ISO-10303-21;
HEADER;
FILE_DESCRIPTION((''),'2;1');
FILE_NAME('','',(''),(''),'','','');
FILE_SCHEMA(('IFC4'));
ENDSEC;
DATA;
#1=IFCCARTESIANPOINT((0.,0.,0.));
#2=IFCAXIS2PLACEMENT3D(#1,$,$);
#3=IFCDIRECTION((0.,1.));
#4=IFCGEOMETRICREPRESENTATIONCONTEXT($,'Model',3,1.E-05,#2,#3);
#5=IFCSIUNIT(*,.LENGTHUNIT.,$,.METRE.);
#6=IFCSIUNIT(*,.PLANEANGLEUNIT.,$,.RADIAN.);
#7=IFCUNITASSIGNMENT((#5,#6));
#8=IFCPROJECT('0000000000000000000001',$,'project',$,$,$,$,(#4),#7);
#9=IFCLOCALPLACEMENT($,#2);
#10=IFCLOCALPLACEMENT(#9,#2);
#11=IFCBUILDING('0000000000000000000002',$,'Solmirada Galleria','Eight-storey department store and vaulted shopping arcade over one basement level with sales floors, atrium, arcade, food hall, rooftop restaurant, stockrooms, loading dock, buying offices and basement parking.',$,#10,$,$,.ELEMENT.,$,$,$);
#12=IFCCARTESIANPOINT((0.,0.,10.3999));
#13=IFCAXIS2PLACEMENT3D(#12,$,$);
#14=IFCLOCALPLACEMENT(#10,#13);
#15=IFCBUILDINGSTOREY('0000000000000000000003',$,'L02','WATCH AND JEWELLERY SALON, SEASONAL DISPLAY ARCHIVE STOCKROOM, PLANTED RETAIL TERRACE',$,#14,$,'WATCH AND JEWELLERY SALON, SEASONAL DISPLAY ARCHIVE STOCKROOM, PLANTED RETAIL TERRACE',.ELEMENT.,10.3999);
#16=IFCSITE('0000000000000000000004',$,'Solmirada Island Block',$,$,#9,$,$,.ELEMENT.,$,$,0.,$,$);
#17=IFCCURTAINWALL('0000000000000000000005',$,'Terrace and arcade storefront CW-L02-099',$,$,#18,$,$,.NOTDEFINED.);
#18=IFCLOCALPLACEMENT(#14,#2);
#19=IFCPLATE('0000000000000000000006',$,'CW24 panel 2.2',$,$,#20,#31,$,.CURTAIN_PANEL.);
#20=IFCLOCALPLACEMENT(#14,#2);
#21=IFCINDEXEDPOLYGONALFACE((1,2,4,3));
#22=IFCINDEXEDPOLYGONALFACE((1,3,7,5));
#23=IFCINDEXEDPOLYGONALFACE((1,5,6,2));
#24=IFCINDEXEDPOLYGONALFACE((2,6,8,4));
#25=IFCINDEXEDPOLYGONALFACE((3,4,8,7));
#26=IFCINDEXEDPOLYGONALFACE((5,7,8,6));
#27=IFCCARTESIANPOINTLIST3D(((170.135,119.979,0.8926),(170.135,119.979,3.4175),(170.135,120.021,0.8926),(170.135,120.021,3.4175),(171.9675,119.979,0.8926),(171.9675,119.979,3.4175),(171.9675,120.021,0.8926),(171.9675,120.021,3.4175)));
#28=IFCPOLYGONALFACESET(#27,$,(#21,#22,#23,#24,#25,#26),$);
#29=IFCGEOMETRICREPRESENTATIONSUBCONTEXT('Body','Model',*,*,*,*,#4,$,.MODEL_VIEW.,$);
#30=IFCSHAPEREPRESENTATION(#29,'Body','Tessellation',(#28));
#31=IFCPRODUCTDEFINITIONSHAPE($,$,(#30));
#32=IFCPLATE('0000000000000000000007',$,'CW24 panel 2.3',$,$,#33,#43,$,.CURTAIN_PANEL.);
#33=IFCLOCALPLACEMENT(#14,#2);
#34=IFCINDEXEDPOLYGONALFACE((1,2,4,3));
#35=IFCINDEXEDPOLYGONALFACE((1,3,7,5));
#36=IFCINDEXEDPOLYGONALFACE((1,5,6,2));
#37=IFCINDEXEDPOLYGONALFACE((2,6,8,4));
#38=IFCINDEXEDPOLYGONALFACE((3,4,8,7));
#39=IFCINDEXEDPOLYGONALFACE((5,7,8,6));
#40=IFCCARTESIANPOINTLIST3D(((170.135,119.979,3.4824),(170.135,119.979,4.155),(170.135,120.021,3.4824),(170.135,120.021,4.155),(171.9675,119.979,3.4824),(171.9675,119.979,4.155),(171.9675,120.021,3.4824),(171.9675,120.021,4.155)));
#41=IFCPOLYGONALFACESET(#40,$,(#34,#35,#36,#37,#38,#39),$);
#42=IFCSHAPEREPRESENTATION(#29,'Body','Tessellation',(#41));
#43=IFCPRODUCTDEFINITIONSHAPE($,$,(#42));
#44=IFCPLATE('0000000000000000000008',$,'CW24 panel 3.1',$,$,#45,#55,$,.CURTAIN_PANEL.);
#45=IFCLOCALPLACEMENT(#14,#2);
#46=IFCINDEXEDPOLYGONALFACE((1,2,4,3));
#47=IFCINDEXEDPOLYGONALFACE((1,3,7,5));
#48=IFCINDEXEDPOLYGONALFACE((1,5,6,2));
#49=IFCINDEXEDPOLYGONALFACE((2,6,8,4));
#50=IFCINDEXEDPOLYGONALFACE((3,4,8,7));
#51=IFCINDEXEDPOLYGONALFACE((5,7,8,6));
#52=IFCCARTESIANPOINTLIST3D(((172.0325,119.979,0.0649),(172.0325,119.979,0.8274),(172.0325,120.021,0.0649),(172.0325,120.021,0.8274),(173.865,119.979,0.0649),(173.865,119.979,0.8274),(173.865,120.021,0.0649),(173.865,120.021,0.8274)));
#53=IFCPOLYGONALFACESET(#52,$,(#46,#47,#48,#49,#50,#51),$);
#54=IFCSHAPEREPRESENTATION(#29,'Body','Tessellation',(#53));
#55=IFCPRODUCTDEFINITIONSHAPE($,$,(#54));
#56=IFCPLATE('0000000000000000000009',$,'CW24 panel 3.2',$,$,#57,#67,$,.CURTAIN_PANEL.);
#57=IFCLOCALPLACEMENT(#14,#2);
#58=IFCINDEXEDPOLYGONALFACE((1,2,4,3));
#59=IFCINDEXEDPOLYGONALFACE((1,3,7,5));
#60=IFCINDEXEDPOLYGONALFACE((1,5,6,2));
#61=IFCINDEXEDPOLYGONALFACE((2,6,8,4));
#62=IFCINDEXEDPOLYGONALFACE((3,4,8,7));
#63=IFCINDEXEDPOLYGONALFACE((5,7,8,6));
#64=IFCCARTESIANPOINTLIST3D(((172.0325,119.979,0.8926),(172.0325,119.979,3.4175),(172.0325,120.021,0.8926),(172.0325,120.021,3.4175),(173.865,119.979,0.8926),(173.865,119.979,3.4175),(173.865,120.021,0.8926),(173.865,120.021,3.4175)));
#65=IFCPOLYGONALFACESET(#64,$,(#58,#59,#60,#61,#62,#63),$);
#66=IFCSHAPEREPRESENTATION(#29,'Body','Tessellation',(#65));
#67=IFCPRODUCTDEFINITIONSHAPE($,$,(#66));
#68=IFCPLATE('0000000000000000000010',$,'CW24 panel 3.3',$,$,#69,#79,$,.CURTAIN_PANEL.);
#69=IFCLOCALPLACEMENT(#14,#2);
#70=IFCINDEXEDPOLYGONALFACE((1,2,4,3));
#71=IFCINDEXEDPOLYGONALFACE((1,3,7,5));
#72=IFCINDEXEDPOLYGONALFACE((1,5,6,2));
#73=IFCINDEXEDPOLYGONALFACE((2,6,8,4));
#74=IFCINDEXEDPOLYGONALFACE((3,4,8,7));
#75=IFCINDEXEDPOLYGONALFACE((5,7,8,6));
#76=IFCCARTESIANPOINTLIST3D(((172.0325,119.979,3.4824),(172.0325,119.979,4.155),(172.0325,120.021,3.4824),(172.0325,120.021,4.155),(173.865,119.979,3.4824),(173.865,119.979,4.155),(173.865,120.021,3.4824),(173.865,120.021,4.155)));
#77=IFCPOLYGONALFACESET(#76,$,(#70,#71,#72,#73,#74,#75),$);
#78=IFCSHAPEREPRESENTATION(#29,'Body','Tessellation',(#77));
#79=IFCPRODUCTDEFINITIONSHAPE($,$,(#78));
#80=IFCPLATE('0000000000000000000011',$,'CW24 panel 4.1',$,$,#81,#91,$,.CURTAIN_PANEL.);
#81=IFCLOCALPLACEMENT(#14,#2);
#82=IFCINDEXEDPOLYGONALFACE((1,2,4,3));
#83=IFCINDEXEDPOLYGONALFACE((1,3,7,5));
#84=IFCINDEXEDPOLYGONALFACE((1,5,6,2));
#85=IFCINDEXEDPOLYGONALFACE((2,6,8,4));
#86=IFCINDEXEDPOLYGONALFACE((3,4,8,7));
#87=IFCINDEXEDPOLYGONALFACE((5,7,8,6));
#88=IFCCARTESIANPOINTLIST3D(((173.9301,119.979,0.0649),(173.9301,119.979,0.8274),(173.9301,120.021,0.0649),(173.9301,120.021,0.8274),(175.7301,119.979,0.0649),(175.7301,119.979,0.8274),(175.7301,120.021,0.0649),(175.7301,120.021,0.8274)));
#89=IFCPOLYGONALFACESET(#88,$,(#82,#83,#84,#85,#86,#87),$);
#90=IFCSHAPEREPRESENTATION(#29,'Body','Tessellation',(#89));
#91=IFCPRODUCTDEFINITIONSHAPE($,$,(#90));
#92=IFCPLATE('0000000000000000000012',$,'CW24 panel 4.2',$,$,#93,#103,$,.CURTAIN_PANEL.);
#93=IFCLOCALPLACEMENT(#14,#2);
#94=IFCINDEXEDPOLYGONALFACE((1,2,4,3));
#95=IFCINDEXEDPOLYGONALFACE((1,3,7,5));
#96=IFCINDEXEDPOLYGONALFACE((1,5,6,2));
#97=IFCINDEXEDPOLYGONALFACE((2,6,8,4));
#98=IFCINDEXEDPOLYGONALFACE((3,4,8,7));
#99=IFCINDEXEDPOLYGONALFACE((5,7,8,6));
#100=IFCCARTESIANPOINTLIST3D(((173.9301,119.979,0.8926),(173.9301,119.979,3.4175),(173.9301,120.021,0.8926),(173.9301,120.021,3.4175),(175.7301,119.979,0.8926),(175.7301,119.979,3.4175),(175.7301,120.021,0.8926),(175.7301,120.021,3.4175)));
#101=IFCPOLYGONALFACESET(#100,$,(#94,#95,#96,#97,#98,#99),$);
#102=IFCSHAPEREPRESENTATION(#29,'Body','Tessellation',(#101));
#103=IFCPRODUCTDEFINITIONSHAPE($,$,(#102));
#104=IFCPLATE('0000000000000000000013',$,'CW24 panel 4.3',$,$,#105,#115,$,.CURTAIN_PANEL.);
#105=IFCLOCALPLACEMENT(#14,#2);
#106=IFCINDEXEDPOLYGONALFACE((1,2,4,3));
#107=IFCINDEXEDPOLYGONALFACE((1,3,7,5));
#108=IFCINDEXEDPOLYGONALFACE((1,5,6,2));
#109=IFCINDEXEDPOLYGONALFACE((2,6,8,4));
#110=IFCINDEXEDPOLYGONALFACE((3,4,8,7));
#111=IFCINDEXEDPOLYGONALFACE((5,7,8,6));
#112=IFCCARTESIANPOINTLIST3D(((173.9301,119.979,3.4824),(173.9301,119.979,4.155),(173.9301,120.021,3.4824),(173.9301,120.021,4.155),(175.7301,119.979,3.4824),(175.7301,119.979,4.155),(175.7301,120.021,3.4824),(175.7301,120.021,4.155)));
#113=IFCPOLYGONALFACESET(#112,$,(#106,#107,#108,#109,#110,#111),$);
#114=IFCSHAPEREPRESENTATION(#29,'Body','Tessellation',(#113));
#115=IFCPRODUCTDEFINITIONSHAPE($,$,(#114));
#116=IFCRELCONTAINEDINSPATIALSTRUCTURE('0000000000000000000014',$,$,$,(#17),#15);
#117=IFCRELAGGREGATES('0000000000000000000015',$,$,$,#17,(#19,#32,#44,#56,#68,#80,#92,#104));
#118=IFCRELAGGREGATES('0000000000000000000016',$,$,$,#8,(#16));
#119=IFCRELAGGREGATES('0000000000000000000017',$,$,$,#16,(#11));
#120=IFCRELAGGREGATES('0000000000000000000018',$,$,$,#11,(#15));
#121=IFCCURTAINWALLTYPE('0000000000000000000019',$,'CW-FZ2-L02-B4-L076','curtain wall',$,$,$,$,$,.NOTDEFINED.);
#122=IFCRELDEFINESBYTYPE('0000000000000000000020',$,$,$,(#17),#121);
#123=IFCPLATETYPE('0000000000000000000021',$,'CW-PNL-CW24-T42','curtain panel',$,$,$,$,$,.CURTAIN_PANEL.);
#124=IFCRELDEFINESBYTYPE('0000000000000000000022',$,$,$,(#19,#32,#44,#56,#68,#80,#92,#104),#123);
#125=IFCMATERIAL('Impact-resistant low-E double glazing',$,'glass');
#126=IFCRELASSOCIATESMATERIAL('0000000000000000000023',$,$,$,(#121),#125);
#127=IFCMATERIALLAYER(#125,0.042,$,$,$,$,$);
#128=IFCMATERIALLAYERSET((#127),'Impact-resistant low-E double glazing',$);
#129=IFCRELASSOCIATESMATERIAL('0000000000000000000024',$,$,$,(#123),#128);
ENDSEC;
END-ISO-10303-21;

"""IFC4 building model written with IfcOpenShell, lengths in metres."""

from ifc_helpers import new_model, si_unit, direction, frame, origin, origin_2d, place, context, subcontext, project, spatial, rectangle, extrude, material, layer, layer_set, type_object, element, aggregate, save


model = new_model("IFC4")

# Units and contexts
model_context = context("Model", 3, precision=1e-05, world=origin(), true_north=direction((0.0, 1.0)))
body_context = subcontext(model_context, "Body", "Model", "MODEL_VIEW")
ifc_project = project(units=[si_unit("LENGTHUNIT", "METRE"), si_unit("PLANEANGLEUNIT", "RADIAN")], contexts=[model_context])

# Site, building, storey
site_placement = place(None, origin())
site = spatial("IfcSite", under=ifc_project, at=site_placement, Name="Solmirada Island Block", CompositionType="ELEMENT", RefElevation=0.0)
building_placement = place(site_placement, origin())
building = spatial("IfcBuilding", under=site, at=building_placement, Name="Solmirada Galleria", Description="Eight-storey department store and vaulted shopping arcade over one basement level with sales floors, atrium, arcade, food hall, rooftop restaurant, stockrooms, loading dock, buying offices and basement parking.", CompositionType="ELEMENT")
storey_placement = place(building_placement, frame((0.0, 0.0, 10.3999)))
storey = spatial("IfcBuildingStorey", under=building, at=storey_placement, Name="L02", Description="WATCH AND JEWELLERY SALON, SEASONAL DISPLAY ARCHIVE STOCKROOM, PLANTED RETAIL TERRACE", LongName="WATCH AND JEWELLERY SALON, SEASONAL DISPLAY ARCHIVE STOCKROOM, PLANTED RETAIL TERRACE", CompositionType="ELEMENT", Elevation=10.3999)

# Curtain wall
ifc_material_1 = material(Name="Impact-resistant low-E double glazing", Category="glass")
curtain_wall_type = type_object("IfcCurtainWallType", Name="CW-FZ2-L02-B4-L076", Description="curtain wall", PredefinedType="NOTDEFINED", material=ifc_material_1)
curtain_wall_1_placement = place(storey_placement, origin())
curtain_wall_1 = element("IfcCurtainWall", 1, at=curtain_wall_1_placement, inside=storey, type_object=curtain_wall_type, Name="Terrace and arcade storefront CW-L02-099", PredefinedType="NOTDEFINED")

# Plates
ifc_layer = layer(ifc_material_1, 0.042)
ifc_layer_set = layer_set([ifc_layer], Name="Impact-resistant low-E double glazing")
plate_type = type_object("IfcPlateType", Name="CW-PNL-CW24-T42", Description="curtain panel", PredefinedType="CURTAIN_PANEL", material=ifc_layer_set)
plate_1_placement = place(storey_placement, frame((171.0513, 120.0, 0.8926), z_axis=(0.0, 0.0, 1.0), x_axis=(1.0, 0.0, 0.0)))
plate_1 = element("IfcPlate", 2, at=plate_1_placement, type_object=plate_type, Name="CW24 panel 2.2", PredefinedType="CURTAIN_PANEL", context=body_context, shape_type="SweptSolid", body=[
    extrude(rectangle(XDim=1.8325, YDim=0.042, at=origin_2d()), origin(), (0.0, 0.0, 1.0), 2.5249),
])
plate_2_placement = place(storey_placement, frame((171.0513, 120.0, 3.4824), z_axis=(0.0, 0.0, 1.0), x_axis=(1.0, 0.0, 0.0)))
plate_2 = element("IfcPlate", 3, at=plate_2_placement, type_object=plate_type, Name="CW24 panel 2.3", PredefinedType="CURTAIN_PANEL", context=body_context, shape_type="SweptSolid", body=[
    extrude(rectangle(XDim=1.8325, YDim=0.042, at=origin_2d()), origin(), (0.0, 0.0, 1.0), 0.6726),
])
plate_3_placement = place(storey_placement, frame((172.9487, 120.0, 0.0649), z_axis=(0.0, 0.0, 1.0), x_axis=(1.0, 0.0, 0.0)))
plate_3 = element("IfcPlate", 4, at=plate_3_placement, type_object=plate_type, Name="CW24 panel 3.1", PredefinedType="CURTAIN_PANEL", context=body_context, shape_type="SweptSolid", body=[
    extrude(rectangle(XDim=1.8325, YDim=0.042, at=origin_2d()), origin(), (0.0, 0.0, 1.0), 0.7625),
])
plate_4_placement = place(storey_placement, frame((172.9487, 120.0, 0.8926), z_axis=(0.0, 0.0, 1.0), x_axis=(1.0, 0.0, 0.0)))
plate_4 = element("IfcPlate", 5, at=plate_4_placement, type_object=plate_type, Name="CW24 panel 3.2", PredefinedType="CURTAIN_PANEL", context=body_context, shape_type="SweptSolid", body=[
    extrude(rectangle(XDim=1.8325, YDim=0.042, at=origin_2d()), origin(), (0.0, 0.0, 1.0), 2.5249),
])
plate_5_placement = place(storey_placement, frame((172.9487, 120.0, 3.4824), z_axis=(0.0, 0.0, 1.0), x_axis=(1.0, 0.0, 0.0)))
plate_5 = element("IfcPlate", 6, at=plate_5_placement, type_object=plate_type, Name="CW24 panel 3.3", PredefinedType="CURTAIN_PANEL", context=body_context, shape_type="SweptSolid", body=[
    extrude(rectangle(XDim=1.8325, YDim=0.042, at=origin_2d()), origin(), (0.0, 0.0, 1.0), 0.6726),
])
plate_6_placement = place(storey_placement, frame((174.8301, 120.0, 0.0649), z_axis=(0.0, 0.0, 1.0), x_axis=(1.0, 0.0, 0.0)))
plate_6 = element("IfcPlate", 7, at=plate_6_placement, type_object=plate_type, Name="CW24 panel 4.1", PredefinedType="CURTAIN_PANEL", context=body_context, shape_type="SweptSolid", body=[
    extrude(rectangle(XDim=1.8, YDim=0.042, at=origin_2d()), origin(), (0.0, 0.0, 1.0), 0.7625),
])
plate_7_placement = place(storey_placement, frame((174.8301, 120.0, 0.8926), z_axis=(0.0, 0.0, 1.0), x_axis=(1.0, 0.0, 0.0)))
plate_7 = element("IfcPlate", 8, at=plate_7_placement, type_object=plate_type, Name="CW24 panel 4.2", PredefinedType="CURTAIN_PANEL", context=body_context, shape_type="SweptSolid", body=[
    extrude(rectangle(XDim=1.8, YDim=0.042, at=origin_2d()), origin(), (0.0, 0.0, 1.0), 2.5249),
])
plate_8_placement = place(storey_placement, frame((174.8301, 120.0, 3.4824), z_axis=(0.0, 0.0, 1.0), x_axis=(1.0, 0.0, 0.0)))
plate_8 = element("IfcPlate", 9, at=plate_8_placement, type_object=plate_type, Name="CW24 panel 4.3", PredefinedType="CURTAIN_PANEL", context=body_context, shape_type="SweptSolid", body=[
    extrude(rectangle(XDim=1.8, YDim=0.042, at=origin_2d()), origin(), (0.0, 0.0, 1.0), 0.6726),
])
aggregate(curtain_wall_1, [plate_1, plate_2, plate_3, plate_4, plate_5, plate_6, plate_7, plate_8])

save(model, "model.ifc")
